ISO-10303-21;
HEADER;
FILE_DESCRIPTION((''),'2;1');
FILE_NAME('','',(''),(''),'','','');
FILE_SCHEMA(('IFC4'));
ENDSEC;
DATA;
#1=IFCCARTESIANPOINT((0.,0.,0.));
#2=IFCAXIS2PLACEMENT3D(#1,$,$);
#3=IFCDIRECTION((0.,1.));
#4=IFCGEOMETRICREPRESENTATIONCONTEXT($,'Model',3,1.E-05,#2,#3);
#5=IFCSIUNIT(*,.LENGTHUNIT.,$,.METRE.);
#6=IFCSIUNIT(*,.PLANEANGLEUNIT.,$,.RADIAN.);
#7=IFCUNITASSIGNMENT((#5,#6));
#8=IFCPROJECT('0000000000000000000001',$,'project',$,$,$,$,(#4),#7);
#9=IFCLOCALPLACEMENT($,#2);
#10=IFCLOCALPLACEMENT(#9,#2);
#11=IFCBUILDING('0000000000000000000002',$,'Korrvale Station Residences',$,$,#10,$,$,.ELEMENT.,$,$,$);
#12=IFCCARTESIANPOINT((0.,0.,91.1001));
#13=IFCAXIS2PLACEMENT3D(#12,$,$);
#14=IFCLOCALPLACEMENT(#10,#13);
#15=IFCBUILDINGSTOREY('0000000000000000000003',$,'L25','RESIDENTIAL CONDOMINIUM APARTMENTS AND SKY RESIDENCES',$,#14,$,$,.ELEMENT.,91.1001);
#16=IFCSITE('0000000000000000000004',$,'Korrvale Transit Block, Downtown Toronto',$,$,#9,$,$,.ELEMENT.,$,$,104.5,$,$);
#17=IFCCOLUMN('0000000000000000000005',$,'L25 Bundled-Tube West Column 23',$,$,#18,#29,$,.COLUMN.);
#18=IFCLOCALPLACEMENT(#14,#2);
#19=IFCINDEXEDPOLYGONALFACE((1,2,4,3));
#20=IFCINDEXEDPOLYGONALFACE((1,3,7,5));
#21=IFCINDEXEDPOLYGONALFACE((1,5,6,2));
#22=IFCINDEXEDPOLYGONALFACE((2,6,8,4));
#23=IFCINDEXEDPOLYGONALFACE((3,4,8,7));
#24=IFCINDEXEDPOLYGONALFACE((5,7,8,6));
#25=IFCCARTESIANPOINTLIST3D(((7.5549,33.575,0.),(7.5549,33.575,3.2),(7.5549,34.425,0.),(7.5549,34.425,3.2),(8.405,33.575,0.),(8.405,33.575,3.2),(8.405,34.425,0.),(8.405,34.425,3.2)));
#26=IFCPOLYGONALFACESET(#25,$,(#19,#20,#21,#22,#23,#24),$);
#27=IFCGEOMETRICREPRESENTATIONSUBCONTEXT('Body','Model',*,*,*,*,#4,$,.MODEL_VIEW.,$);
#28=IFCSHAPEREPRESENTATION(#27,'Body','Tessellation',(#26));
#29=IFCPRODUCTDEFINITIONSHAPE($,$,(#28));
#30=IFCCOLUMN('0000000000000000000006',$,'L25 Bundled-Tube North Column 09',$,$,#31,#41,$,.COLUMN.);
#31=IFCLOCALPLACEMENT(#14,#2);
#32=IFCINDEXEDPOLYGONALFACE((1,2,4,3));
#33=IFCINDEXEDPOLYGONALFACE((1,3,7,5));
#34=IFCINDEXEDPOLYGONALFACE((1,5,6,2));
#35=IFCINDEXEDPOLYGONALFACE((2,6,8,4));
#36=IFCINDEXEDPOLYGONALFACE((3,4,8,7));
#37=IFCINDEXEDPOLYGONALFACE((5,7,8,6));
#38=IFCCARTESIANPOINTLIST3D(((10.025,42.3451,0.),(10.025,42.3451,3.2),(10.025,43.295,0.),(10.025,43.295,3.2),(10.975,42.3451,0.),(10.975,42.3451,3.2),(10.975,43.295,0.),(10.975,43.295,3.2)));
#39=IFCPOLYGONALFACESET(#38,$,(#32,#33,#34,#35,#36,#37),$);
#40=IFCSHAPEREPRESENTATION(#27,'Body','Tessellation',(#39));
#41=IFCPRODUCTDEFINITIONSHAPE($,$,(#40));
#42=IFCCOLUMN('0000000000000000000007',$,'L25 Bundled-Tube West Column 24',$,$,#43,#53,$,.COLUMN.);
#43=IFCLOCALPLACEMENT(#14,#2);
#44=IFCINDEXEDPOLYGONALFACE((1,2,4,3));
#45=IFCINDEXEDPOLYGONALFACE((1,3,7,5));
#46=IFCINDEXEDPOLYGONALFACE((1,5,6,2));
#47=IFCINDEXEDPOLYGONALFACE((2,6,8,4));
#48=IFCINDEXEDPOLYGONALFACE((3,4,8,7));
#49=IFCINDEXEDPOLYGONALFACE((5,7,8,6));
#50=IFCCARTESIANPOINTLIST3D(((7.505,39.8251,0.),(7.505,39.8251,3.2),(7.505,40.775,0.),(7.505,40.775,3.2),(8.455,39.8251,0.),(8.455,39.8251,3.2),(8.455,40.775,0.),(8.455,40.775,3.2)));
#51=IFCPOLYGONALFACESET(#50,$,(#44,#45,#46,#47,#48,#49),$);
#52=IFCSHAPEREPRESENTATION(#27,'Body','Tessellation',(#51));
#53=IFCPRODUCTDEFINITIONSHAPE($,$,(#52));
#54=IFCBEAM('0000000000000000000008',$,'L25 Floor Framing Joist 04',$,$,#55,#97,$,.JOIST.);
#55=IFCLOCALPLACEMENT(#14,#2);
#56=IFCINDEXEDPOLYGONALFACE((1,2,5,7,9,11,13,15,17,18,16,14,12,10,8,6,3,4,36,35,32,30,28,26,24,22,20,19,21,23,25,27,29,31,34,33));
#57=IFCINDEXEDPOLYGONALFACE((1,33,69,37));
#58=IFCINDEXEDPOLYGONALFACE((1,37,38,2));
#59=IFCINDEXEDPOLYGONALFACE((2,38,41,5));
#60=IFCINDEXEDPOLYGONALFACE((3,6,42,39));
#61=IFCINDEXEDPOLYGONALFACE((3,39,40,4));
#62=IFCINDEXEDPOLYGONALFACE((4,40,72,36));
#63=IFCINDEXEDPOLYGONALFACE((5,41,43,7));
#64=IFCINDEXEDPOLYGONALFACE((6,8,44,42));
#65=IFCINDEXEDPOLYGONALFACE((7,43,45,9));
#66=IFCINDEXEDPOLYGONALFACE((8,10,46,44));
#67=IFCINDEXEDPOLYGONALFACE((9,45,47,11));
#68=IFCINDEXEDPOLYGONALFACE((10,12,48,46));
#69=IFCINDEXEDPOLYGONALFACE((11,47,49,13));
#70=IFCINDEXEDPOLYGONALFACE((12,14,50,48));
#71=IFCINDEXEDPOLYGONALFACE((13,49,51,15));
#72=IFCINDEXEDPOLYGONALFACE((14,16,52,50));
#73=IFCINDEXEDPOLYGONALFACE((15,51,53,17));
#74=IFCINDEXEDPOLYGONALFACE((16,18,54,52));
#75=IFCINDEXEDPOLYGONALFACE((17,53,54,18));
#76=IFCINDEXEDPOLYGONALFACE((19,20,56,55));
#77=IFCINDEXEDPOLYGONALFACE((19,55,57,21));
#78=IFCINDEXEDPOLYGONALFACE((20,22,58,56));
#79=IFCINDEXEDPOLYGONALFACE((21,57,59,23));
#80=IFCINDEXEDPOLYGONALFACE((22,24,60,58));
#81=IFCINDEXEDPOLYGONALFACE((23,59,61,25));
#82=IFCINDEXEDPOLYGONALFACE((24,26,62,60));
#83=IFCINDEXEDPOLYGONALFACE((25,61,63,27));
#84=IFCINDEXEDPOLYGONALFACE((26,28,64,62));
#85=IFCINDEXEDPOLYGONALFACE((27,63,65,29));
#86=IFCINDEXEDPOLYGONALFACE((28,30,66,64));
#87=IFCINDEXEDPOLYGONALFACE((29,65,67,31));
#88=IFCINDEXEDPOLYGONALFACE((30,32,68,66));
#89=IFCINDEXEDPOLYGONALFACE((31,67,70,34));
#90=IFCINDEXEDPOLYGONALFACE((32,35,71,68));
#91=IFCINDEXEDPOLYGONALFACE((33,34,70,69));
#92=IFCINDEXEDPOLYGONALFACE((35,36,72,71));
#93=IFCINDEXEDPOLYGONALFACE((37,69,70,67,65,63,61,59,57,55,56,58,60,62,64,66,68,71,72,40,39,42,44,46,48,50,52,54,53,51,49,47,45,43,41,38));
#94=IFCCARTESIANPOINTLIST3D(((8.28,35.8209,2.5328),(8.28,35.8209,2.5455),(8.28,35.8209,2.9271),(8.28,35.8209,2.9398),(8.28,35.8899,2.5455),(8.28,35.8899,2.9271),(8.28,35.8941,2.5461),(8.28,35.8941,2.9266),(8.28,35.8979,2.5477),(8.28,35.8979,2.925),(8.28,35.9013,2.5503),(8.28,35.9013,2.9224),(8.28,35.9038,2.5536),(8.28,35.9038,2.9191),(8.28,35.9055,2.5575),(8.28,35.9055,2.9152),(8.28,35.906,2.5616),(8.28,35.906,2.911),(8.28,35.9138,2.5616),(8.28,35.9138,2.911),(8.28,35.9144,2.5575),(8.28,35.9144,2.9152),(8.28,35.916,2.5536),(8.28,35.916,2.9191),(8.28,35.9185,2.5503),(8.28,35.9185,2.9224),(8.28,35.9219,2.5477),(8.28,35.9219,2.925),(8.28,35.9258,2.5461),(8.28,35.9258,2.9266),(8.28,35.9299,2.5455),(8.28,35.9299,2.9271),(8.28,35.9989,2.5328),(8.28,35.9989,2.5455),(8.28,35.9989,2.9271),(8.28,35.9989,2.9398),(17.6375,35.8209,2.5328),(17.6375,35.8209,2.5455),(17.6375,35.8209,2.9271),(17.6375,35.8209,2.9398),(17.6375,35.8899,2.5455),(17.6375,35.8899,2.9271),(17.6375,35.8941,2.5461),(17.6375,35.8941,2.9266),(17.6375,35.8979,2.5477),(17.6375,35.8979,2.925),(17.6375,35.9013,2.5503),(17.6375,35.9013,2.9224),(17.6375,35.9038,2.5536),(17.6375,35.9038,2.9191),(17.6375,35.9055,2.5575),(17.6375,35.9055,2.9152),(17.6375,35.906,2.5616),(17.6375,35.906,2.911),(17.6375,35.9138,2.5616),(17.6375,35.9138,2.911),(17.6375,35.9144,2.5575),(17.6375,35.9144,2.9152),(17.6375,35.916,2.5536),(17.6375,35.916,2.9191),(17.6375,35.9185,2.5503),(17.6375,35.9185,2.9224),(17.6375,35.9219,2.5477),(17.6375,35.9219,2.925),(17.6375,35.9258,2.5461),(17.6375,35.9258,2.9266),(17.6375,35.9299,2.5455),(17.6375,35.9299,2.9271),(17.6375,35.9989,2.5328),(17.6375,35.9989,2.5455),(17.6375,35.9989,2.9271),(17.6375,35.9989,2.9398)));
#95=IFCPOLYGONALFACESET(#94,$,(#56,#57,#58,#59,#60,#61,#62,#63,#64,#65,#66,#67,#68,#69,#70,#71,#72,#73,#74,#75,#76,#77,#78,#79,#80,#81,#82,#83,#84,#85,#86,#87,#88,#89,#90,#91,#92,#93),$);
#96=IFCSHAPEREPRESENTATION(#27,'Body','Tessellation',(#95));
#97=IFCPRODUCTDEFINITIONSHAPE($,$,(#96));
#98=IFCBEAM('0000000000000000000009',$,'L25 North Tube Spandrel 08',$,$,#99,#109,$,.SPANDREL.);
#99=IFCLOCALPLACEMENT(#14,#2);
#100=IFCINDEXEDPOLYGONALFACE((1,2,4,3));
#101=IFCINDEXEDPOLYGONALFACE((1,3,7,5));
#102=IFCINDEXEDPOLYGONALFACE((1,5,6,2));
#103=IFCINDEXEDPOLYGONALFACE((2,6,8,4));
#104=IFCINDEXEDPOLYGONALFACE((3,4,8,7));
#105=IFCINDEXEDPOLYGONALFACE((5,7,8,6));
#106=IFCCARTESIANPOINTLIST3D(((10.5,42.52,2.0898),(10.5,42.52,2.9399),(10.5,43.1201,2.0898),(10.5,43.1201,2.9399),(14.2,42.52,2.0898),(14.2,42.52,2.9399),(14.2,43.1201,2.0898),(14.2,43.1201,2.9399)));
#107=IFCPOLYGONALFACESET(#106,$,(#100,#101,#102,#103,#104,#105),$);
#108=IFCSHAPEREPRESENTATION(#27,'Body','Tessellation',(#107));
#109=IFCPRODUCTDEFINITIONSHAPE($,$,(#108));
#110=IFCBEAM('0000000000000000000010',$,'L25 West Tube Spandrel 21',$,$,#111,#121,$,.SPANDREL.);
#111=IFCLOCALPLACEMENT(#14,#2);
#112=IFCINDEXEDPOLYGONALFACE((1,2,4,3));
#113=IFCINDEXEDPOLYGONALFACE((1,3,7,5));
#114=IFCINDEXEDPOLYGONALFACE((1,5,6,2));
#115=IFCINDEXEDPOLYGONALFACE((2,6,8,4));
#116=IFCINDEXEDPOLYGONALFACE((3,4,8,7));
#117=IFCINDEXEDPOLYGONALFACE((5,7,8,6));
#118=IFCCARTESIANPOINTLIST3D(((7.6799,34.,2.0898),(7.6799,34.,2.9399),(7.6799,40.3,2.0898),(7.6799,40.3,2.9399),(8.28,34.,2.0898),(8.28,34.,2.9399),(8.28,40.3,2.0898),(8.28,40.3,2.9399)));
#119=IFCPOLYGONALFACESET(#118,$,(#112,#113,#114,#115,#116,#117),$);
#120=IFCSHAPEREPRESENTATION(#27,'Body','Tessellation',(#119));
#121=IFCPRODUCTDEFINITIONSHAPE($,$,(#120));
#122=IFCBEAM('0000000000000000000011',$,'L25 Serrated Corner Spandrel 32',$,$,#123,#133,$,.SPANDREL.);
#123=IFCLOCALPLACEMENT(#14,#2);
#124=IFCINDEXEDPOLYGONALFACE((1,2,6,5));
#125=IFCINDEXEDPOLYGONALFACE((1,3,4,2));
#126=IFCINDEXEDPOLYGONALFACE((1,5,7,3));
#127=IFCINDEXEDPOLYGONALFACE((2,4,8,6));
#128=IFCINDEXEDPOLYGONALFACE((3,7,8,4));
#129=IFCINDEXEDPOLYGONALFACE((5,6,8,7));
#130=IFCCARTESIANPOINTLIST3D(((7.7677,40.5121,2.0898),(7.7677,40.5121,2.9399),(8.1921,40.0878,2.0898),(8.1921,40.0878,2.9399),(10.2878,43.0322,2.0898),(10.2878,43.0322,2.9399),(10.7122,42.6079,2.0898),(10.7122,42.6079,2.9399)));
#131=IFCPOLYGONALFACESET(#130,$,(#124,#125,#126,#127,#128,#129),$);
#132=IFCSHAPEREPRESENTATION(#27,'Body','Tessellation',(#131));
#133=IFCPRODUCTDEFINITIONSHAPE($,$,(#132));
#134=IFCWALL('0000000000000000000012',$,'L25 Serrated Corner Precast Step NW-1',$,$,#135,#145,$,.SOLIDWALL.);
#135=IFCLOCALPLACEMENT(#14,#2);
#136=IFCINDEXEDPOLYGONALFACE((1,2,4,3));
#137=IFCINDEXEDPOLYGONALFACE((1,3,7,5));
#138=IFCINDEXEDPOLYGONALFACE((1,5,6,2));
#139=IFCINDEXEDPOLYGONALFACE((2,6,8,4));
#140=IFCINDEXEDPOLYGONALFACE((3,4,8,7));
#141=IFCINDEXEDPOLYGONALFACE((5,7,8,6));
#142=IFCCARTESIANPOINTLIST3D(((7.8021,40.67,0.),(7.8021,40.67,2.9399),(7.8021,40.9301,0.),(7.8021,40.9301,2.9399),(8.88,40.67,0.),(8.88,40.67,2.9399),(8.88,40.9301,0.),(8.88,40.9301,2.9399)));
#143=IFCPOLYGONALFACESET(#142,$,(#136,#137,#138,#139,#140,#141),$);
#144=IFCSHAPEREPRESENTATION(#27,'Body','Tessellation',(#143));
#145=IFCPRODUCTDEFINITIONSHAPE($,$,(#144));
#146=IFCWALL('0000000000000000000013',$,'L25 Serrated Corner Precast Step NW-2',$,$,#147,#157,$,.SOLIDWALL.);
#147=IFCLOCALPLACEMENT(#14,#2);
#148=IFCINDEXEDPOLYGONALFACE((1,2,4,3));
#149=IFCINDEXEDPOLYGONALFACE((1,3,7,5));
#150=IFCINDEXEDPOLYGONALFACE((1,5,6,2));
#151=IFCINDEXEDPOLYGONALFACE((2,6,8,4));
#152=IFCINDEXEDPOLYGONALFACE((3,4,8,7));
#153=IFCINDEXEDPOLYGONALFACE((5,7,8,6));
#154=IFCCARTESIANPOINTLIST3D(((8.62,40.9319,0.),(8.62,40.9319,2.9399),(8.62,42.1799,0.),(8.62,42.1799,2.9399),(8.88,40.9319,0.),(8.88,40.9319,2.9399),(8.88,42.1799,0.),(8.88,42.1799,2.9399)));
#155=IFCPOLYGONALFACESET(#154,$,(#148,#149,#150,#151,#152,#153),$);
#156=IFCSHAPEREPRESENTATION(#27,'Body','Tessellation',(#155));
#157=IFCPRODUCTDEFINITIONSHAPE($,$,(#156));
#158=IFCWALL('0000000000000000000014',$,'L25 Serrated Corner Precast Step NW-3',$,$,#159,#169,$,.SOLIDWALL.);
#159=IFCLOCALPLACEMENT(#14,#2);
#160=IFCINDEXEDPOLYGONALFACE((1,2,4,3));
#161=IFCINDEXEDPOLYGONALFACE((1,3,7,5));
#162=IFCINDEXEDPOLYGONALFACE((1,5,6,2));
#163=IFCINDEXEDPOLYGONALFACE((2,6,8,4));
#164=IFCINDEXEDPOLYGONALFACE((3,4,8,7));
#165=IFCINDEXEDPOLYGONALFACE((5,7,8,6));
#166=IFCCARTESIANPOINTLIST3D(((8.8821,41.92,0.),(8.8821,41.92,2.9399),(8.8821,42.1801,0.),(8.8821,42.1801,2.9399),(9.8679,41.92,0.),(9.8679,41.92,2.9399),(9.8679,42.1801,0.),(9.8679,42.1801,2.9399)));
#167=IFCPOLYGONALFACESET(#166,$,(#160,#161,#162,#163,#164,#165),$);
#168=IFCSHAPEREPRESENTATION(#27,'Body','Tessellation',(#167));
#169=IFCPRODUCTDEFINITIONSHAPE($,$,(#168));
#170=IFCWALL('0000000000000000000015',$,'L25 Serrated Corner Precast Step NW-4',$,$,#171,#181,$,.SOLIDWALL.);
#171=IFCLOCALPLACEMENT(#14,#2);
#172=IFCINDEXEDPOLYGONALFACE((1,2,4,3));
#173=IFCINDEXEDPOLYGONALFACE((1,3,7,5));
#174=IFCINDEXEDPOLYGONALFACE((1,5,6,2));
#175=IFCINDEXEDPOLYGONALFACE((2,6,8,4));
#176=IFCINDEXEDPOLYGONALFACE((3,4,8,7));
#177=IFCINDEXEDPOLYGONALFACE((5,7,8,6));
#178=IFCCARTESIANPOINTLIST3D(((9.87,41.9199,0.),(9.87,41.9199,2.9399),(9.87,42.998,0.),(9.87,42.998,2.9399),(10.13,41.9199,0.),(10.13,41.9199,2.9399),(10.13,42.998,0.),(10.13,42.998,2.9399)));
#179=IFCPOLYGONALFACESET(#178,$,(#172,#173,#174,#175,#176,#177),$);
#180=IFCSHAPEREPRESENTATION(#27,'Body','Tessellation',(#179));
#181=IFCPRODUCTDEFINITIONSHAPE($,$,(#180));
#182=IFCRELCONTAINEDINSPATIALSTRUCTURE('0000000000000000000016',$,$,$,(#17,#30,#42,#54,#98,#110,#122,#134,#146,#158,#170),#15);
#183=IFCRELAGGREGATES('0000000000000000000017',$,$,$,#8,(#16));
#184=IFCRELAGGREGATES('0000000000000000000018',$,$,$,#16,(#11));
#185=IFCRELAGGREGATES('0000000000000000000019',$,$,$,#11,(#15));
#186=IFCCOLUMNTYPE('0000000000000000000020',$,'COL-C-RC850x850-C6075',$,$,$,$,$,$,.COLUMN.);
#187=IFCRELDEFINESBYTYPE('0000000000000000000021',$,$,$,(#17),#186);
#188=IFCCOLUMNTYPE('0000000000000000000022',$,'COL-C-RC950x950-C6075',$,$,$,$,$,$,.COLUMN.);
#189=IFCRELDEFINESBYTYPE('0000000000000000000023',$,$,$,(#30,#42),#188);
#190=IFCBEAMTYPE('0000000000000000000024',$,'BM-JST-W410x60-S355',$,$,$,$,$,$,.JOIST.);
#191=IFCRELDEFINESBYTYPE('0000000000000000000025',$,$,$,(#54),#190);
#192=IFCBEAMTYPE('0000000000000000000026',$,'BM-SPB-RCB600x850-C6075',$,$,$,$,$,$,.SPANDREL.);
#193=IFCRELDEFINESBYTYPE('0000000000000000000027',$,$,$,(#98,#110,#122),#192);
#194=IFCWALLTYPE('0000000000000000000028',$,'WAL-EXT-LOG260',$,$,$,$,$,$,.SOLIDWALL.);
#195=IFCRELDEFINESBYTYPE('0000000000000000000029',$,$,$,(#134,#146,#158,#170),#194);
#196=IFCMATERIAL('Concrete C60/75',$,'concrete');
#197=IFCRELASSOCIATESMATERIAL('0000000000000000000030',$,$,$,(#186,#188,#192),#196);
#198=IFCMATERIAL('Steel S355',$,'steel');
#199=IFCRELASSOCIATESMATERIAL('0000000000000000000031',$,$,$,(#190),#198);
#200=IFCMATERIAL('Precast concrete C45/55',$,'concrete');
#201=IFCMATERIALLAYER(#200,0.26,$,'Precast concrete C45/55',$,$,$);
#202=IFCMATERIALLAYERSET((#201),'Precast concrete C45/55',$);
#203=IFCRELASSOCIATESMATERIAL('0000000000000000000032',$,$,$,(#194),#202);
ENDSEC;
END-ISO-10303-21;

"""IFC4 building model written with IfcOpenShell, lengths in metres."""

from ifc_helpers import new_model, si_unit, direction, frame, frame_2d, origin, origin_2d, place, context, subcontext, project, spatial, rectangle, i_section, extrude, material, layer, layer_set, material_profile, profile_set, type_object, element, save


model = new_model("IFC4")

# Units and contexts
model_context = context("Model", 3, precision=1e-05, world=origin(), true_north=direction((0.0, 1.0)))
body_context = subcontext(model_context, "Body", "Model", "MODEL_VIEW")
ifc_project = project(units=[si_unit("LENGTHUNIT", "METRE"), si_unit("PLANEANGLEUNIT", "RADIAN")], contexts=[model_context])

# Site, building, storey
site_placement = place(None, origin())
site = spatial("IfcSite", under=ifc_project, at=site_placement, Name="Korrvale Transit Block, Downtown Toronto", CompositionType="ELEMENT", RefElevation=104.5)
building_placement = place(site_placement, origin())
building = spatial("IfcBuilding", under=site, at=building_placement, Name="Korrvale Station Residences", CompositionType="ELEMENT")
storey_placement = place(building_placement, frame((0.0, 0.0, 91.1001)))
storey = spatial("IfcBuildingStorey", under=building, at=storey_placement, Name="L25", Description="RESIDENTIAL CONDOMINIUM APARTMENTS AND SKY RESIDENCES", CompositionType="ELEMENT", Elevation=91.1001)

# Columns
ifc_material_1 = material(Name="Concrete C60/75", Category="concrete")
ifc_material_profile_1 = material_profile(ifc_material_1, rectangle(XDim=0.8501, YDim=0.8501, at=origin_2d()), Name="RC850x850")
ifc_profile_set_1 = profile_set([ifc_material_profile_1], Name="Concrete C60/75")
column_type_1 = type_object("IfcColumnType", Name="COL-C-RC850x850-C6075", PredefinedType="COLUMN", material=ifc_profile_set_1)
column_placement = place(storey_placement, frame((7.98, 34.0, 0.0), z_axis=(0.0, 0.0, 1.0), x_axis=(1.0, 0.0, 0.0)))
element("IfcColumn", 1, at=column_placement, inside=storey, type_object=column_type_1, Name="L25 Bundled-Tube West Column 23", PredefinedType="COLUMN", context=body_context, shape_type="SweptSolid", body=[
    extrude(rectangle(XDim=0.8501, YDim=0.8501, at=origin_2d()), origin(), (0.0, 0.0, 1.0), 3.2),
])
ifc_material_profile_2 = material_profile(ifc_material_1, rectangle(XDim=0.95, YDim=0.95, at=origin_2d()), Name="RC950x950")
ifc_profile_set_2 = profile_set([ifc_material_profile_2], Name="Concrete C60/75")
column_type_2 = type_object("IfcColumnType", Name="COL-C-RC950x950-C6075", PredefinedType="COLUMN", material=ifc_profile_set_2)
for number, where, z_axis, x_axis, name in (
    (2, (10.5, 42.8201, 0.0), (0.0, 0.0, 1.0), (1.0, 0.0, 0.0), "L25 Bundled-Tube North Column 09"),
    (3, (7.98, 40.3, 0.0), (0.0, 0.0, 1.0), (1.0, 0.0, 0.0), "L25 Bundled-Tube West Column 24"),
):
    element("IfcColumn", number, at=place(storey_placement, frame(where, z_axis=z_axis, x_axis=x_axis)), inside=storey, type_object=column_type_2, Name=name, PredefinedType="COLUMN", context=body_context, shape_type="SweptSolid", body=[
        extrude(rectangle(XDim=0.95, YDim=0.95, at=origin_2d()), origin(), (0.0, 0.0, 1.0), 3.2),
    ])

# Beams
ifc_material_2 = material(Name="Steel S355", Category="steel")
ifc_material_profile_3 = material_profile(ifc_material_2, i_section(OverallWidth=0.178, OverallDepth=0.407, WebThickness=0.0078, FlangeThickness=0.0127, FilletRadius=0.0161, at=origin_2d()), Name="W410x60")
ifc_profile_set_3 = profile_set([ifc_material_profile_3], Name="Steel S355")
beam_type_1 = type_object("IfcBeamType", Name="BM-JST-W410x60-S355", PredefinedType="JOIST", material=ifc_profile_set_3)
beam_1_placement = place(storey_placement, frame((8.28, 35.9099, 2.7363), z_axis=(1.0, 0.0, 0.0), x_axis=(0.0, 1.0, 0.0)))
element("IfcBeam", 4, at=beam_1_placement, inside=storey, type_object=beam_type_1, Name="L25 Floor Framing Joist 04", PredefinedType="JOIST", context=body_context, shape_type="SweptSolid", body=[
    extrude(i_section(OverallWidth=0.178, OverallDepth=0.407, WebThickness=0.0078, FlangeThickness=0.0127, FilletRadius=0.0161, at=origin_2d()), origin(), (0.0, 0.0, 1.0), 9.3574),
])
ifc_material_profile_4 = material_profile(ifc_material_1, rectangle(XDim=0.6001, YDim=0.8501, at=origin_2d()), Name="RCB600x850")
ifc_profile_set_4 = profile_set([ifc_material_profile_4], Name="Concrete C60/75")
beam_type_2 = type_object("IfcBeamType", Name="BM-SPB-RCB600x850-C6075", PredefinedType="SPANDREL", material=ifc_profile_set_4)
beam_2_placement = place(storey_placement, frame((10.5, 42.8201, 2.5149), z_axis=(1.0, 0.0, 0.0), x_axis=(0.0, 1.0, 0.0)))
element("IfcBeam", 5, at=beam_2_placement, inside=storey, type_object=beam_type_2, Name="L25 North Tube Spandrel 08", PredefinedType="SPANDREL", context=body_context, shape_type="SweptSolid", body=[
    extrude(rectangle(XDim=0.6001, YDim=0.8501, at=origin_2d()), origin(), (0.0, 0.0, 1.0), 3.7),
])
beam_3_placement = place(storey_placement, frame((7.98, 34.0, 2.5149), z_axis=(0.0, 1.0, 0.0), x_axis=(-1.0, 0.0, 0.0)))
element("IfcBeam", 6, at=beam_3_placement, inside=storey, type_object=beam_type_2, Name="L25 West Tube Spandrel 21", PredefinedType="SPANDREL", context=body_context, shape_type="SweptSolid", body=[
    extrude(rectangle(XDim=0.6001, YDim=0.8501, at=origin_2d()), origin(), (0.0, 0.0, 1.0), 6.3),
])
beam_4_placement = place(storey_placement, frame((10.5, 42.8201, 2.5149), z_axis=(-0.707107, -0.707107, 0.0), x_axis=(0.707107, -0.707107, 0.0)))
element("IfcBeam", 7, at=beam_4_placement, inside=storey, type_object=beam_type_2, Name="L25 Serrated Corner Spandrel 32", PredefinedType="SPANDREL", context=body_context, shape_type="SweptSolid", body=[
    extrude(rectangle(XDim=0.6001, YDim=0.8501, at=origin_2d()), origin(), (0.0, 0.0, 1.0), 3.564),
])

# Walls
ifc_material_3 = material(Name="Precast concrete C45/55", Category="concrete")
ifc_layer_1 = layer(ifc_material_3, 0.26, Name="Precast concrete C45/55")
ifc_layer_set_1 = layer_set([ifc_layer_1], Name="Precast concrete C45/55")
wall_type_1 = type_object("IfcWallType", Name="WAL-EXT-LOG260", PredefinedType="SOLIDWALL", material=ifc_layer_set_1)
wall_1_placement = place(storey_placement, frame((7.802, 40.8, 0.0), z_axis=(0.0, 0.0, 1.0), x_axis=(1.0, 0.0, 0.0)))
element("IfcWall", 8, at=wall_1_placement, inside=storey, type_object=wall_type_1, Name="L25 Serrated Corner Precast Step NW-1", PredefinedType="SOLIDWALL", context=body_context, shape_type="SweptSolid", body=[
    extrude(rectangle(XDim=1.0779, YDim=0.26, at=frame_2d((0.5391, 0.0))), origin(), (0.0, 0.0, 1.0), 2.9399),
])
wall_2_placement = place(storey_placement, frame((8.75, 40.9319, 0.0), z_axis=(0.0, 0.0, 1.0), x_axis=(0.0, 1.0, 0.0)))
element("IfcWall", 9, at=wall_2_placement, inside=storey, type_object=wall_type_1, Name="L25 Serrated Corner Precast Step NW-2", PredefinedType="SOLIDWALL", context=body_context, shape_type="SweptSolid", body=[
    extrude(rectangle(XDim=1.248, YDim=0.26, at=frame_2d((0.624, 0.0))), origin(), (0.0, 0.0, 1.0), 2.9399),
])
wall_3_placement = place(storey_placement, frame((8.8821, 42.05, 0.0), z_axis=(0.0, 0.0, 1.0), x_axis=(1.0, 0.0, 0.0)))
element("IfcWall", 10, at=wall_3_placement, inside=storey, type_object=wall_type_1, Name="L25 Serrated Corner Precast Step NW-3", PredefinedType="SOLIDWALL", context=body_context, shape_type="SweptSolid", body=[
    extrude(rectangle(XDim=0.9858, YDim=0.26, at=frame_2d((0.4929, 0.0))), origin(), (0.0, 0.0, 1.0), 2.9399),
])
wall_4_placement = place(storey_placement, frame((10.0, 41.9199, 0.0), z_axis=(0.0, 0.0, 1.0), x_axis=(0.0, 1.0, 0.0)))
element("IfcWall", 11, at=wall_4_placement, inside=storey, type_object=wall_type_1, Name="L25 Serrated Corner Precast Step NW-4", PredefinedType="SOLIDWALL", context=body_context, shape_type="SweptSolid", body=[
    extrude(rectangle(XDim=1.0781, YDim=0.26, at=frame_2d((0.5391, 0.0))), origin(), (0.0, 0.0, 1.0), 2.9399),
])

save(model, "model.ifc")
